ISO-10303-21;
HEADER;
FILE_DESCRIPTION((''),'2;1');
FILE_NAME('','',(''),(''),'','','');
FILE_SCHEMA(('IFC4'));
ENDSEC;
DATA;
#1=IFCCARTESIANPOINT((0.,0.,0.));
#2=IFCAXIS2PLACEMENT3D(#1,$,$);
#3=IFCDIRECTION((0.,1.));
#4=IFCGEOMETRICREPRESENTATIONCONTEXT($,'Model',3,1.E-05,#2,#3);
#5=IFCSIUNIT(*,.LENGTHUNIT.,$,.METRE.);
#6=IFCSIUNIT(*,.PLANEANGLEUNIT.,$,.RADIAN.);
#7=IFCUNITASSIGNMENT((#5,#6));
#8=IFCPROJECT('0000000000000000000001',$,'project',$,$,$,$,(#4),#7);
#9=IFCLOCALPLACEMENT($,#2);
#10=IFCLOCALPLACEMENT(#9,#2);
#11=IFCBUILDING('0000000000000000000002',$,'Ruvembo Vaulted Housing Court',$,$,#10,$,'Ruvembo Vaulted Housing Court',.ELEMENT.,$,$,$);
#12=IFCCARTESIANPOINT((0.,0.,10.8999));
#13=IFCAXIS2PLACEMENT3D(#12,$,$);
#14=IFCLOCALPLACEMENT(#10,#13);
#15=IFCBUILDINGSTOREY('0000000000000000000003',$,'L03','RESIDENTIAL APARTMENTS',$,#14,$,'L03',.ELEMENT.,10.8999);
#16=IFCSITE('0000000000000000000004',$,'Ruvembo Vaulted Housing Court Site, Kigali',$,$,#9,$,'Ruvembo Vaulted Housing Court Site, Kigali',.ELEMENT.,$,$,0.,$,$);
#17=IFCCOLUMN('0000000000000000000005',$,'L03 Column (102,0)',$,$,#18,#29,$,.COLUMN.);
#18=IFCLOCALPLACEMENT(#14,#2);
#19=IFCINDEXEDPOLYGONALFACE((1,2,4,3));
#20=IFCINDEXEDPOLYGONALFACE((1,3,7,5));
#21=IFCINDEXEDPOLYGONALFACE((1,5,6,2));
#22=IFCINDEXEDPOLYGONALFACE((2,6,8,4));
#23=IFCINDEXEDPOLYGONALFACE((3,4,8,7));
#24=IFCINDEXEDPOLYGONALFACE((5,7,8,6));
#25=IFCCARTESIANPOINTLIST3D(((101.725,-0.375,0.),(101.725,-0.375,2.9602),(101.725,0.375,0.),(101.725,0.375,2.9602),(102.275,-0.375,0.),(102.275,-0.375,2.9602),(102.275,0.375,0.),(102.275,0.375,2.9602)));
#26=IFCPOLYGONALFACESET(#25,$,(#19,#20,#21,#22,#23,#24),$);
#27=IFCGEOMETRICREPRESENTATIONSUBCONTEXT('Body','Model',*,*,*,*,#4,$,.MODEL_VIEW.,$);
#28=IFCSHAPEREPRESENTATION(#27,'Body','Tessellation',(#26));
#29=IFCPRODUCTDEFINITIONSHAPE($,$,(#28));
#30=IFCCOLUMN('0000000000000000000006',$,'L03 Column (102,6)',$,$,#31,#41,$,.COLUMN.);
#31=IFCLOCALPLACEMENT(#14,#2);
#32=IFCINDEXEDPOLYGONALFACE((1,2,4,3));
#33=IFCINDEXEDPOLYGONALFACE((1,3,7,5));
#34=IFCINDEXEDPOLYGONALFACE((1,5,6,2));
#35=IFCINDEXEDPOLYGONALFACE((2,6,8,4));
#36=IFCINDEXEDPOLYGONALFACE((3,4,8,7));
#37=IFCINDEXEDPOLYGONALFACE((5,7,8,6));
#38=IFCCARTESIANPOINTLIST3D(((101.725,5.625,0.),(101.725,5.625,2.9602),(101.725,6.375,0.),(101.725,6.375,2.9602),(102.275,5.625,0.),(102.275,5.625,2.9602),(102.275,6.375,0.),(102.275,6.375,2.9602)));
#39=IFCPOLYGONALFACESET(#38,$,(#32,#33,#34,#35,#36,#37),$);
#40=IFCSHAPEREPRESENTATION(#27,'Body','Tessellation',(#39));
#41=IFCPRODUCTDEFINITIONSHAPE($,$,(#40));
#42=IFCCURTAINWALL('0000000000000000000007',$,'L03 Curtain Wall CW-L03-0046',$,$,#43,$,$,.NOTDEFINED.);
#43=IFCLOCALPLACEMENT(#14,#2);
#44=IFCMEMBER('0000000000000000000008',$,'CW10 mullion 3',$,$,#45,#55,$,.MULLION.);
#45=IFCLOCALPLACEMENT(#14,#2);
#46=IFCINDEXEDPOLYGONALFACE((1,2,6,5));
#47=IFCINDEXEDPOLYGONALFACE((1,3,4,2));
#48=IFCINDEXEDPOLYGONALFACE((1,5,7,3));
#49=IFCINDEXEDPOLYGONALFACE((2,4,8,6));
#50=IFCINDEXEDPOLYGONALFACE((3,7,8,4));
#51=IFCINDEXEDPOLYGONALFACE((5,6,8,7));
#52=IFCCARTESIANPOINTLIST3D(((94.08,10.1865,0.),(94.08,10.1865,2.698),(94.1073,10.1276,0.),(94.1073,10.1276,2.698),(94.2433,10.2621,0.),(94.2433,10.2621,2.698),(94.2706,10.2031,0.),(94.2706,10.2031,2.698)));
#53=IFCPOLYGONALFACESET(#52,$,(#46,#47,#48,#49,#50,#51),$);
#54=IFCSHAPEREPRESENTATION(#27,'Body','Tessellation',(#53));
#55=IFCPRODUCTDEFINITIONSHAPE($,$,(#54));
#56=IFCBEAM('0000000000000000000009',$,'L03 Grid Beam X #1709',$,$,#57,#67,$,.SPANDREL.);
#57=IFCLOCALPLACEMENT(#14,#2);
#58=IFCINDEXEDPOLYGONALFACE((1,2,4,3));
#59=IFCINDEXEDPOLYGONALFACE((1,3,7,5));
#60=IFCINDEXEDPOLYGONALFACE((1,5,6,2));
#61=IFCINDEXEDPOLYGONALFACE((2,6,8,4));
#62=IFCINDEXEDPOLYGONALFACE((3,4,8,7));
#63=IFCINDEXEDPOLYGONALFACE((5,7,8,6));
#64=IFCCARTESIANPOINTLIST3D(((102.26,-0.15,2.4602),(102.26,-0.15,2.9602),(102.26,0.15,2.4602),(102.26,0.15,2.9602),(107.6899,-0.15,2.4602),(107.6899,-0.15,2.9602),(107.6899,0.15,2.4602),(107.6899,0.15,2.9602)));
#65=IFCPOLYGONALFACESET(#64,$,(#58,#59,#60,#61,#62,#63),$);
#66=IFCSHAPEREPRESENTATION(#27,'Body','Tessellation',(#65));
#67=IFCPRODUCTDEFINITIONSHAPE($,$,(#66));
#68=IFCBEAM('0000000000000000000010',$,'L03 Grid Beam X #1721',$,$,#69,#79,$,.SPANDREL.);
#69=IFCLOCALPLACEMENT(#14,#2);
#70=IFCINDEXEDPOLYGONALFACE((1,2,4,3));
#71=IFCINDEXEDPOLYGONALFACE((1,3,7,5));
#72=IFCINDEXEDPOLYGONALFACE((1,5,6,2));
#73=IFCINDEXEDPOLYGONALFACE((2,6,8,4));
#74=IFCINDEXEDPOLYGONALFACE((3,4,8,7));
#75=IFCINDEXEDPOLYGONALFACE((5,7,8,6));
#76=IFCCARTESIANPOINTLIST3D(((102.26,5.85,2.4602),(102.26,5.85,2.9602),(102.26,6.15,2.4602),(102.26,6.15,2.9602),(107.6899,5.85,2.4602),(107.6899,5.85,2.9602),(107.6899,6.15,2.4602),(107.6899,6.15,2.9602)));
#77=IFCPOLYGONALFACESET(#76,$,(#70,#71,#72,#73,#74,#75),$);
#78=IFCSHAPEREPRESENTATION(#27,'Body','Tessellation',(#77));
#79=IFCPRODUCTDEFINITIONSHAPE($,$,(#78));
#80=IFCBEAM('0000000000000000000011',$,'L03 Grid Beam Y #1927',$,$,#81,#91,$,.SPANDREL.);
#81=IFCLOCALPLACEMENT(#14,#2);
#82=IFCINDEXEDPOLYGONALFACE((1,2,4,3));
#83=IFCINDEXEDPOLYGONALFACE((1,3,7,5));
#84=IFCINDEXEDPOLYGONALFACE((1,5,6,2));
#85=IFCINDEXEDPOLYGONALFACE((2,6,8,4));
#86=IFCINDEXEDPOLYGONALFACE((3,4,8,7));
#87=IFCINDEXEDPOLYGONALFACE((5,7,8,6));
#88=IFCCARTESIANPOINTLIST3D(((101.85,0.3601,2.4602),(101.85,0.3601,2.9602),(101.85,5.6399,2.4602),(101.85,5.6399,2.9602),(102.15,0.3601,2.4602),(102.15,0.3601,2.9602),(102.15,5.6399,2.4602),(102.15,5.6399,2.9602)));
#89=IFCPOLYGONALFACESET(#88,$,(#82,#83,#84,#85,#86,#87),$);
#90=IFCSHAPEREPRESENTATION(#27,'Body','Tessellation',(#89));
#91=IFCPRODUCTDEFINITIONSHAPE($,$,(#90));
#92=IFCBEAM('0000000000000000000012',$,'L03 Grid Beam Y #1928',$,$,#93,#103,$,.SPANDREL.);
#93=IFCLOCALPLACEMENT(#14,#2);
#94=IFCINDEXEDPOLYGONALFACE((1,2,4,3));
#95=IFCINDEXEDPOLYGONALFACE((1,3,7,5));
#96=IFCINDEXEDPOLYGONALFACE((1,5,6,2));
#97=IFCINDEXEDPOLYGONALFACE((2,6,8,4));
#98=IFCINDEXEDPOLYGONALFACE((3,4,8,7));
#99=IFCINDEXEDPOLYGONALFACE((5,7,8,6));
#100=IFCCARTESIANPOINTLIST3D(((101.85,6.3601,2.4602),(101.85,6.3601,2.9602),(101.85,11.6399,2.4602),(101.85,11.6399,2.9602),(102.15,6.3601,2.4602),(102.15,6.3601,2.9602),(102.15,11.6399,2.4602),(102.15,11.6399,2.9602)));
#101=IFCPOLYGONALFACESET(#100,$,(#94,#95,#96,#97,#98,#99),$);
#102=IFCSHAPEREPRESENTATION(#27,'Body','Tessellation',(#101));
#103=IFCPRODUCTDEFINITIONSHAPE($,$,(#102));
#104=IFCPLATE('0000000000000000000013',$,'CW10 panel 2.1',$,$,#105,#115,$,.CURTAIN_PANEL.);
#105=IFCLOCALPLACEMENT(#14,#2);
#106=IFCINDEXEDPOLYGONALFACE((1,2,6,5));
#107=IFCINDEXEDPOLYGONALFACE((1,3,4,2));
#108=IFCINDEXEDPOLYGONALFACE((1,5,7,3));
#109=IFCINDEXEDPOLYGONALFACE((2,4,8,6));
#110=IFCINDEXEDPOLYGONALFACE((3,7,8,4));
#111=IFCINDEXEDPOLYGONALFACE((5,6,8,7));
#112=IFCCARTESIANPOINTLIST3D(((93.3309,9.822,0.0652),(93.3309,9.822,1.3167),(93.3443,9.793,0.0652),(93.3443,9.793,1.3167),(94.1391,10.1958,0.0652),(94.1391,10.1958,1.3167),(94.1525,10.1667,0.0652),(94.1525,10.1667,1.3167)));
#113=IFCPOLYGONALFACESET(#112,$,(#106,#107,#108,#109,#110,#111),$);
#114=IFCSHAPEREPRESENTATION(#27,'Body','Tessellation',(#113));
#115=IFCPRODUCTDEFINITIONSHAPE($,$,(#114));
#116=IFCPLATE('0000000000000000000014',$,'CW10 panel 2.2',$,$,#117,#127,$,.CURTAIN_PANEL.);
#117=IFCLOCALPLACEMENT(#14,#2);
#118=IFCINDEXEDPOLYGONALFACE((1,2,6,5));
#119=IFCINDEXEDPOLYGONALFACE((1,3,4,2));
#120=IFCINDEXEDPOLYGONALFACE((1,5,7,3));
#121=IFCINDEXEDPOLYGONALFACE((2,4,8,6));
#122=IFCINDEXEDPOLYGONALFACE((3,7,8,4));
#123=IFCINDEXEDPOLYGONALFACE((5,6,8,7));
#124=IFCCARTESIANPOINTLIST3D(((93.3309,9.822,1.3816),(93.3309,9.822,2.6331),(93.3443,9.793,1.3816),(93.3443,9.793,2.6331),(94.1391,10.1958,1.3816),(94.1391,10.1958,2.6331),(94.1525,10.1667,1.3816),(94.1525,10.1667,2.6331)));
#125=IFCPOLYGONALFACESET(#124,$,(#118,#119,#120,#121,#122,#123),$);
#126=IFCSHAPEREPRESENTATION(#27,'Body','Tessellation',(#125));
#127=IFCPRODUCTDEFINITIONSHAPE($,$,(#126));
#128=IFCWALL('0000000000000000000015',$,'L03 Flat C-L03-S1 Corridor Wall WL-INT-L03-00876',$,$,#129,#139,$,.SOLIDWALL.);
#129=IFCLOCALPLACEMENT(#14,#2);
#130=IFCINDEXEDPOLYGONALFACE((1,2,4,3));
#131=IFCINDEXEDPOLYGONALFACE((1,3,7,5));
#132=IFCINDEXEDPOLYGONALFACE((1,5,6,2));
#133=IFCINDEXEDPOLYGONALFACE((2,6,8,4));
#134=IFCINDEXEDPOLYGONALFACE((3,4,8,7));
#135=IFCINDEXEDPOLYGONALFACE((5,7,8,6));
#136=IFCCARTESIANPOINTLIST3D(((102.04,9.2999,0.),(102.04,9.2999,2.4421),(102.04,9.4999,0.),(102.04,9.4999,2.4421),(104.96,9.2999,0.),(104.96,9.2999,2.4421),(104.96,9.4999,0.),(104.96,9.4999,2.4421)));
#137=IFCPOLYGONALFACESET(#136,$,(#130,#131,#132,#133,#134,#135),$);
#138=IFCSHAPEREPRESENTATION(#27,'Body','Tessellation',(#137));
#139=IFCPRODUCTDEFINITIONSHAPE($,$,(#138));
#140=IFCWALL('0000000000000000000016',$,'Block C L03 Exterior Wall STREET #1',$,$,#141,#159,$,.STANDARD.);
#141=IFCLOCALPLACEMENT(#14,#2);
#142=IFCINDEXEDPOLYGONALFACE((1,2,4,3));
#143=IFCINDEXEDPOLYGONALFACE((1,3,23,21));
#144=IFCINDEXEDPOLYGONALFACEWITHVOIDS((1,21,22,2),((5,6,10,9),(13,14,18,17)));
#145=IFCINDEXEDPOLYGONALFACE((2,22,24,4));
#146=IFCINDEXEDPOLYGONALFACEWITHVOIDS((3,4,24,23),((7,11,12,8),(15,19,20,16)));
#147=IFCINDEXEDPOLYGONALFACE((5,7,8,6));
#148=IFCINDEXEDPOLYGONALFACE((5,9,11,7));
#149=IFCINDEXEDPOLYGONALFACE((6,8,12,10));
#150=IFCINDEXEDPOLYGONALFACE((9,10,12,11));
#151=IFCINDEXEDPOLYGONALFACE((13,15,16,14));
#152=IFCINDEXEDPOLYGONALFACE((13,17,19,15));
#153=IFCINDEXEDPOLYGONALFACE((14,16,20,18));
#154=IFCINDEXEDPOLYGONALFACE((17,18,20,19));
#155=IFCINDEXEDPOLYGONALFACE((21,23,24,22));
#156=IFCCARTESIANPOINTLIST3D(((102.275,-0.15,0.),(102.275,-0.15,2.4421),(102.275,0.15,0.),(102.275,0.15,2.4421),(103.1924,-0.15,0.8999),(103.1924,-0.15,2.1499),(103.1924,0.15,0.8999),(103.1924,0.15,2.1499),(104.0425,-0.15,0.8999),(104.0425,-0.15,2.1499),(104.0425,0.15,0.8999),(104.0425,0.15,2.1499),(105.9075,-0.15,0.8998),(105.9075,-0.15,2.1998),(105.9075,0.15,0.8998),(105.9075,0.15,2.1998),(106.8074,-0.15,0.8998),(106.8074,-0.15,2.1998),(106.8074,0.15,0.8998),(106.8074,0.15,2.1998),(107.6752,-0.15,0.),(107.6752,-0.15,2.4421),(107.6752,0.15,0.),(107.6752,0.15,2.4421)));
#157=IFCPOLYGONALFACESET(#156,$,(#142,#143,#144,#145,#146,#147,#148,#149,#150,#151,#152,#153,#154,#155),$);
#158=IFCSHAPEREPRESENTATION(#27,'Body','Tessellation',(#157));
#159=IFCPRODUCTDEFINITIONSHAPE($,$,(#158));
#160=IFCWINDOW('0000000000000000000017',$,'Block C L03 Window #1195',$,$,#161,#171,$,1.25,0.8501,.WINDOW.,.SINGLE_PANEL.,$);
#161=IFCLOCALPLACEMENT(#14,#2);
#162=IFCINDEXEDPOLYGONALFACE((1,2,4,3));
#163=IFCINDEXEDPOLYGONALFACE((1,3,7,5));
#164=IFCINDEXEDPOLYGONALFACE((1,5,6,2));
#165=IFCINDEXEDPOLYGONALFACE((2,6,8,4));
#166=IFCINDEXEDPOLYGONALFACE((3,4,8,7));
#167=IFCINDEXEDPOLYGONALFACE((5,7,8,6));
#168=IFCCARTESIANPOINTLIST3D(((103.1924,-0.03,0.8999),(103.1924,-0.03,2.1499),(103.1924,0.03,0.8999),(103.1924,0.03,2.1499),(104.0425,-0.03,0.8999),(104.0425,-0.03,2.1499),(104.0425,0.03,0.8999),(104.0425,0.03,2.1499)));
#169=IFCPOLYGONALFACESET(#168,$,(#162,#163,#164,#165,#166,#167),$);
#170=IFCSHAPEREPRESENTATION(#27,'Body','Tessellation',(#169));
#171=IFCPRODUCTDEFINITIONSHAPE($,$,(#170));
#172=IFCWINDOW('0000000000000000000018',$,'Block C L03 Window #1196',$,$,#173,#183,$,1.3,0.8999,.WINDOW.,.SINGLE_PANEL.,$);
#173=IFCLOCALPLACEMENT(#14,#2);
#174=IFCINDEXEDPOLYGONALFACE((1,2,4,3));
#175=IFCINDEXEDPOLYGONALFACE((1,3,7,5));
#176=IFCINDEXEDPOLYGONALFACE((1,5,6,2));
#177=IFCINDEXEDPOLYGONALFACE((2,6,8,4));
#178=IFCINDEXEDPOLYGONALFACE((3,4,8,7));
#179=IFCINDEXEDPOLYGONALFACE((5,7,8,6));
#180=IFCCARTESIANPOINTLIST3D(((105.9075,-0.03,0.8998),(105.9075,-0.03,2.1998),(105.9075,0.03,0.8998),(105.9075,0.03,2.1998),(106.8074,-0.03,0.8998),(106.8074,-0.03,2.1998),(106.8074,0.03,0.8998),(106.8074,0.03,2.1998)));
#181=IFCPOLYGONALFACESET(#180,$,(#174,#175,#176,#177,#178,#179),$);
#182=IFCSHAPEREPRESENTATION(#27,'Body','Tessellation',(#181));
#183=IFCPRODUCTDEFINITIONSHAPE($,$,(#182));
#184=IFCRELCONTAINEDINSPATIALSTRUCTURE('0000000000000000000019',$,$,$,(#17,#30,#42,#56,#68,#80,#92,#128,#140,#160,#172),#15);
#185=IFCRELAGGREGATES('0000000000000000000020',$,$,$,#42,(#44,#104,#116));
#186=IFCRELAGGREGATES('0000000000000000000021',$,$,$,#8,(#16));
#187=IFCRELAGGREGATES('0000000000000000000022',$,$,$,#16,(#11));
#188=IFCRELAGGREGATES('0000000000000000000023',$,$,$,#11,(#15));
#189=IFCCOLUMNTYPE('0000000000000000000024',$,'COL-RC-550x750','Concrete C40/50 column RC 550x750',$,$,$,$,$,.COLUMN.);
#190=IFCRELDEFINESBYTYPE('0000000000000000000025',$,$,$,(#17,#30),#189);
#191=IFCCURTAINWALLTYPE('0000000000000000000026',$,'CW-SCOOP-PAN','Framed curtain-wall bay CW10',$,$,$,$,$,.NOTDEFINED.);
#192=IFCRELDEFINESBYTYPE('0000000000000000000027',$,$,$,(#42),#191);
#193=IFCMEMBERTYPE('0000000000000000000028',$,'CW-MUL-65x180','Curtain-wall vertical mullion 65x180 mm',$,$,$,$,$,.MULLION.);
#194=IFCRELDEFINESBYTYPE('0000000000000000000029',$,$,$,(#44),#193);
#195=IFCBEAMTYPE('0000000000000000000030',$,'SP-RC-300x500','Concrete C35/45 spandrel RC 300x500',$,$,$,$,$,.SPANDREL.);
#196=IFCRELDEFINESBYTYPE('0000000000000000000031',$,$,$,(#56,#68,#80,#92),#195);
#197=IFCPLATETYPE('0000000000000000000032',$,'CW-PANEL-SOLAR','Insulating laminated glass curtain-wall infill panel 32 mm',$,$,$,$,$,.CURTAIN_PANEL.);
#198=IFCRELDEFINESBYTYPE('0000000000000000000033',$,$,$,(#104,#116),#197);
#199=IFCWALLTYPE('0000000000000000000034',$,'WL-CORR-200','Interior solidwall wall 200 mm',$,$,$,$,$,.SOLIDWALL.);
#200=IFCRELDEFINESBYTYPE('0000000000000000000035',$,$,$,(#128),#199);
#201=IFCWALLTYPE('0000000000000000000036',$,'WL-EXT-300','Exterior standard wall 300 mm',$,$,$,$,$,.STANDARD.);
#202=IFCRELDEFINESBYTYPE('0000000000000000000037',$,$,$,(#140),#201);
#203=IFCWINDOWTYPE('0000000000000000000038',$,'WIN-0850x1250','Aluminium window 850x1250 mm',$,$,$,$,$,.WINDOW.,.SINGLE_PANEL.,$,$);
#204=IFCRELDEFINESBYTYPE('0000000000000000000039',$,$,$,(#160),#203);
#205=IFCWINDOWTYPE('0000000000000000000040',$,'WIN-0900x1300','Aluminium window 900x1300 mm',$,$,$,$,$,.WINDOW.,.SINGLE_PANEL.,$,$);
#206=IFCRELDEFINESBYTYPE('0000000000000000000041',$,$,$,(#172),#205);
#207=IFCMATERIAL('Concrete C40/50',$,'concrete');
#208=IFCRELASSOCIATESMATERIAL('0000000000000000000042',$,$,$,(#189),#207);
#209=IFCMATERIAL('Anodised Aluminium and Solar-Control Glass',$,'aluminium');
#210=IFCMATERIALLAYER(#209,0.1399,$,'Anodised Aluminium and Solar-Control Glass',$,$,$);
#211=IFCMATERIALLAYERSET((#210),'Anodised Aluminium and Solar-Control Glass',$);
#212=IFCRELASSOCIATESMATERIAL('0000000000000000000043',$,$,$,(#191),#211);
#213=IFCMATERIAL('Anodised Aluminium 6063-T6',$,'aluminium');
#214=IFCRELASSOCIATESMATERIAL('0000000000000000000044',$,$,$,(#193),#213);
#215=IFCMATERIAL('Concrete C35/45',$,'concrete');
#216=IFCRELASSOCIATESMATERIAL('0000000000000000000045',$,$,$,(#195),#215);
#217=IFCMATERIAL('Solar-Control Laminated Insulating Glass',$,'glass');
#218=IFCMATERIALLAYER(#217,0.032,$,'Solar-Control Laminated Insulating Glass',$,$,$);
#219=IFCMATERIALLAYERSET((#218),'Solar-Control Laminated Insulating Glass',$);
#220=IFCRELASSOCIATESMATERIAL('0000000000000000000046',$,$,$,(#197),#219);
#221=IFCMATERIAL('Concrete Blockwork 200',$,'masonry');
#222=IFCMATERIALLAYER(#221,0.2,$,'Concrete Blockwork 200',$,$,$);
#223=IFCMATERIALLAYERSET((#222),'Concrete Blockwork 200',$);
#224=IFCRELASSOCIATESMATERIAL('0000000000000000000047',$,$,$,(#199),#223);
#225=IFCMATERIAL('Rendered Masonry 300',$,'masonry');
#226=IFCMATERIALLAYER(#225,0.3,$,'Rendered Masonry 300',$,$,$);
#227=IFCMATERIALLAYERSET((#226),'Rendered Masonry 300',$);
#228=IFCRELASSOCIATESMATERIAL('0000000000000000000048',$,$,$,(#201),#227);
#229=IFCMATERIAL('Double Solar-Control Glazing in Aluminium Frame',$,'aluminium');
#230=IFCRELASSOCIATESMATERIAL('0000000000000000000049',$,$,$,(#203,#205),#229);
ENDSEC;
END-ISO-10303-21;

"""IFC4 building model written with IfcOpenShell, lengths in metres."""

from ifc_helpers import new_model, si_unit, direction, frame, frame_2d, origin, origin_2d, place, context, subcontext, project, spatial, rectangle, extrude, material, layer, layer_set, material_profile, profile_set, type_object, element, fill, aggregate, save


model = new_model("IFC4")

# Units and contexts
model_context = context("Model", 3, precision=1e-05, world=origin(), true_north=direction((0.0, 1.0)))
body_context = subcontext(model_context, "Body", "Model", "MODEL_VIEW")
ifc_project = project(units=[si_unit("LENGTHUNIT", "METRE"), si_unit("PLANEANGLEUNIT", "RADIAN")], contexts=[model_context])

# Site, building, storey
site_placement = place(None, origin())
site = spatial("IfcSite", under=ifc_project, at=site_placement, Name="Ruvembo Vaulted Housing Court Site, Kigali", LongName="Ruvembo Vaulted Housing Court Site, Kigali", CompositionType="ELEMENT", RefElevation=0.0)
building_placement = place(site_placement, origin())
building = spatial("IfcBuilding", under=site, at=building_placement, Name="Ruvembo Vaulted Housing Court", LongName="Ruvembo Vaulted Housing Court", CompositionType="ELEMENT")
storey_placement = place(building_placement, frame((0.0, 0.0, 10.8999)))
storey = spatial("IfcBuildingStorey", under=building, at=storey_placement, Name="L03", Description="RESIDENTIAL APARTMENTS", LongName="L03", CompositionType="ELEMENT", Elevation=10.8999)

# Columns
ifc_material_1 = material(Name="Concrete C40/50", Category="concrete")
ifc_material_profile_1 = material_profile(ifc_material_1, rectangle(XDim=0.55, YDim=0.75, at=origin_2d()), Name="RC 550x750")
ifc_profile_set_1 = profile_set([ifc_material_profile_1], Name="Concrete C40/50")
column_type = type_object("IfcColumnType", Name="COL-RC-550x750", Description="Concrete C40/50 column RC 550x750", PredefinedType="COLUMN", material=ifc_profile_set_1)
for number, where, z_axis, x_axis, name in (
    (1, (102.0, 0.0, 0.0), (0.0, 0.0, 1.0), (1.0, 0.0, 0.0), "L03 Column (102,0)"),
    (2, (102.0, 6.0, 0.0), (0.0, 0.0, 1.0), (1.0, 0.0, 0.0), "L03 Column (102,6)"),
):
    element("IfcColumn", number, at=place(storey_placement, frame(where, z_axis=z_axis, x_axis=x_axis)), inside=storey, type_object=column_type, Name=name, PredefinedType="COLUMN", context=body_context, shape_type="SweptSolid", body=[
        extrude(rectangle(XDim=0.55, YDim=0.75, at=origin_2d()), origin(), (0.0, 0.0, 1.0), 2.9602),
    ])

# Curtain wall, member
ifc_material_2 = material(Name="Anodised Aluminium and Solar-Control Glass", Category="aluminium")
ifc_layer_1 = layer(ifc_material_2, 0.1399, Name="Anodised Aluminium and Solar-Control Glass")
ifc_layer_set_1 = layer_set([ifc_layer_1], Name="Anodised Aluminium and Solar-Control Glass")
curtain_wall_type = type_object("IfcCurtainWallType", Name="CW-SCOOP-PAN", Description="Framed curtain-wall bay CW10", PredefinedType="NOTDEFINED", material=ifc_layer_set_1)
curtain_wall_placement = place(storey_placement, origin())
curtain_wall = element("IfcCurtainWall", 3, at=curtain_wall_placement, inside=storey, type_object=curtain_wall_type, Name="L03 Curtain Wall CW-L03-0046", PredefinedType="NOTDEFINED")
ifc_material_3 = material(Name="Anodised Aluminium 6063-T6", Category="aluminium")
ifc_material_profile_2 = material_profile(ifc_material_3, rectangle(XDim=0.0649, YDim=0.1799, at=origin_2d()), Name="ALU 65x180")
ifc_profile_set_2 = profile_set([ifc_material_profile_2], Name="Anodised Aluminium 6063-T6")
member_type = type_object("IfcMemberType", Name="CW-MUL-65x180", Description="Curtain-wall vertical mullion 65x180 mm", PredefinedType="MULLION", material=ifc_profile_set_2)
member_placement = place(storey_placement, frame((94.1753, 10.1948, 0.0), z_axis=(0.0, 0.0, 1.0), x_axis=(-0.419738, 0.907645, 0.0)))
member = element("IfcMember", 4, at=member_placement, type_object=member_type, Name="CW10 mullion 3", PredefinedType="MULLION", context=body_context, shape_type="SweptSolid", body=[
    extrude(rectangle(XDim=0.0649, YDim=0.1799, at=origin_2d()), origin(), (0.0, 0.0, 1.0), 2.698),
])

# Beams
ifc_material_4 = material(Name="Concrete C35/45", Category="concrete")
ifc_material_profile_3 = material_profile(ifc_material_4, rectangle(XDim=0.3, YDim=0.5, at=origin_2d()), Name="RC 300x500")
ifc_profile_set_3 = profile_set([ifc_material_profile_3], Name="Concrete C35/45")
beam_type = type_object("IfcBeamType", Name="SP-RC-300x500", Description="Concrete C35/45 spandrel RC 300x500", PredefinedType="SPANDREL", material=ifc_profile_set_3)
for number, where, z_axis, x_axis, name in (
    (5, (102.26, 0.0, 2.7102), (1.0, 0.0, 0.0), (0.0, 1.0, 0.0), "L03 Grid Beam X #1709"),
    (6, (102.26, 6.0, 2.7102), (1.0, 0.0, 0.0), (0.0, 1.0, 0.0), "L03 Grid Beam X #1721"),
):
    element("IfcBeam", number, at=place(storey_placement, frame(where, z_axis=z_axis, x_axis=x_axis)), inside=storey, type_object=beam_type, Name=name, PredefinedType="SPANDREL", context=body_context, shape_type="SweptSolid", body=[
        extrude(rectangle(XDim=0.3, YDim=0.5, at=origin_2d()), origin(), (0.0, 0.0, 1.0), 5.4299),
    ])
for number, where, z_axis, x_axis, name in (
    (7, (102.0, 0.3601, 2.7102), (0.0, 1.0, 0.0), (-1.0, 0.0, 0.0), "L03 Grid Beam Y #1927"),
    (8, (102.0, 6.3601, 2.7102), (0.0, 1.0, 0.0), (-1.0, 0.0, 0.0), "L03 Grid Beam Y #1928"),
):
    element("IfcBeam", number, at=place(storey_placement, frame(where, z_axis=z_axis, x_axis=x_axis)), inside=storey, type_object=beam_type, Name=name, PredefinedType="SPANDREL", context=body_context, shape_type="SweptSolid", body=[
        extrude(rectangle(XDim=0.3, YDim=0.5, at=origin_2d()), origin(), (0.0, 0.0, 1.0), 5.2798),
    ])

# Plates
ifc_material_5 = material(Name="Solar-Control Laminated Insulating Glass", Category="glass")
ifc_layer_2 = layer(ifc_material_5, 0.032, Name="Solar-Control Laminated Insulating Glass")
ifc_layer_set_2 = layer_set([ifc_layer_2], Name="Solar-Control Laminated Insulating Glass")
plate_type = type_object("IfcPlateType", Name="CW-PANEL-SOLAR", Description="Insulating laminated glass curtain-wall infill panel 32 mm", PredefinedType="CURTAIN_PANEL", material=ifc_layer_set_2)
plate_1_placement = place(storey_placement, frame((93.7417, 9.9944, 0.0652), z_axis=(0.0, 0.0, 1.0), x_axis=(0.907645, 0.419738, 0.0)))
plate_1 = element("IfcPlate", 9, at=plate_1_placement, type_object=plate_type, Name="CW10 panel 2.1", PredefinedType="CURTAIN_PANEL", context=body_context, shape_type="SweptSolid", body=[
    extrude(rectangle(XDim=0.8904, YDim=0.032, at=origin_2d()), origin(), (0.0, 0.0, 1.0), 1.2515),
])
plate_2_placement = place(storey_placement, frame((93.7417, 9.9944, 1.3816), z_axis=(0.0, 0.0, 1.0), x_axis=(0.907645, 0.419738, 0.0)))
plate_2 = element("IfcPlate", 10, at=plate_2_placement, type_object=plate_type, Name="CW10 panel 2.2", PredefinedType="CURTAIN_PANEL", context=body_context, shape_type="SweptSolid", body=[
    extrude(rectangle(XDim=0.8904, YDim=0.032, at=origin_2d()), origin(), (0.0, 0.0, 1.0), 1.2515),
])
aggregate(curtain_wall, [member, plate_1, plate_2])

# Wall
ifc_material_6 = material(Name="Concrete Blockwork 200", Category="masonry")
ifc_layer_3 = layer(ifc_material_6, 0.2, Name="Concrete Blockwork 200")
ifc_layer_set_3 = layer_set([ifc_layer_3], Name="Concrete Blockwork 200")
wall_type_1 = type_object("IfcWallType", Name="WL-CORR-200", Description="Interior solidwall wall 200 mm", PredefinedType="SOLIDWALL", material=ifc_layer_set_3)
wall_1_placement = place(storey_placement, frame((102.04, 9.3999, 0.0), z_axis=(0.0, 0.0, 1.0), x_axis=(1.0, 0.0, 0.0)))
element("IfcWall", 11, at=wall_1_placement, inside=storey, type_object=wall_type_1, Name="L03 Flat C-L03-S1 Corridor Wall WL-INT-L03-00876", PredefinedType="SOLIDWALL", context=body_context, shape_type="SweptSolid", body=[
    extrude(rectangle(XDim=2.9199, YDim=0.2, at=frame_2d((1.46, 0.0))), origin(), (0.0, 0.0, 1.0), 2.4421),
])

# Wall, openings, windows
ifc_material_7 = material(Name="Rendered Masonry 300", Category="masonry")
ifc_layer_4 = layer(ifc_material_7, 0.3, Name="Rendered Masonry 300")
ifc_layer_set_4 = layer_set([ifc_layer_4], Name="Rendered Masonry 300")
wall_type_2 = type_object("IfcWallType", Name="WL-EXT-300", Description="Exterior standard wall 300 mm", PredefinedType="STANDARD", material=ifc_layer_set_4)
wall_2_placement = place(storey_placement, frame((102.2749, 0.0, 0.0), z_axis=(0.0, 0.0, 1.0), x_axis=(1.0, 0.0, 0.0)))
wall_2 = element("IfcWall", 12, at=wall_2_placement, inside=storey, type_object=wall_type_2, Name="Block C L03 Exterior Wall STREET #1", PredefinedType="STANDARD", context=body_context, shape_type="SweptSolid", body=[
    extrude(rectangle(XDim=5.4001, YDim=0.3, at=frame_2d((2.7002, 0.0))), origin(), (0.0, 0.0, 1.0), 2.4421),
])
opening_1_placement = place(wall_2_placement, frame((0.9175, 0.0, 0.8999)))
opening_1 = element("IfcOpeningElement", 13, at=opening_1_placement, cuts=wall_2, PredefinedType="OPENING", context=body_context, shape_type="SweptSolid", body=[
    extrude(rectangle(XDim=0.8501, YDim=1.25, at=frame_2d((0.425, 0.625))), frame((0.0, 0.1599, 0.0), z_axis=(0.0, -1.0, 0.0), x_axis=(1.0, 0.0, 0.0)), (0.0, 0.0, 1.0), 0.3201),
])
opening_2_placement = place(wall_2_placement, frame((3.6326, 0.0, 0.8999)))
opening_2 = element("IfcOpeningElement", 14, at=opening_2_placement, cuts=wall_2, PredefinedType="OPENING", context=body_context, shape_type="SweptSolid", body=[
    extrude(rectangle(XDim=0.8999, YDim=1.3, at=frame_2d((0.45, 0.6499))), frame((0.0, 0.1599, 0.0), z_axis=(0.0, -1.0, 0.0), x_axis=(1.0, 0.0, 0.0)), (0.0, 0.0, 1.0), 0.3201),
])
ifc_material_8 = material(Name="Double Solar-Control Glazing in Aluminium Frame", Category="aluminium")
window_type_1 = type_object("IfcWindowType", Name="WIN-0850x1250", Description="Aluminium window 850x1250 mm", PartitioningType="SINGLE_PANEL", PredefinedType="WINDOW", material=ifc_material_8)
window_1_placement = place(opening_1_placement, origin())
window_1 = element("IfcWindow", 15, at=window_1_placement, inside=storey, type_object=window_type_1, Name="Block C L03 Window #1195", OverallHeight=1.25, OverallWidth=0.8501, PartitioningType="SINGLE_PANEL", PredefinedType="WINDOW", context=body_context, shape_type="SweptSolid", body=[
    extrude(rectangle(XDim=0.8501, YDim=1.25, at=frame_2d((0.425, 0.625))), frame((0.0, 0.03, 0.0), z_axis=(0.0, -1.0, 0.0), x_axis=(1.0, 0.0, 0.0)), (0.0, 0.0, 1.0), 0.0601),
])
fill(opening_1, window_1)
window_type_2 = type_object("IfcWindowType", Name="WIN-0900x1300", Description="Aluminium window 900x1300 mm", PartitioningType="SINGLE_PANEL", PredefinedType="WINDOW", material=ifc_material_8)
window_2_placement = place(opening_2_placement, origin())
window_2 = element("IfcWindow", 16, at=window_2_placement, inside=storey, type_object=window_type_2, Name="Block C L03 Window #1196", OverallHeight=1.3, OverallWidth=0.8999, PartitioningType="SINGLE_PANEL", PredefinedType="WINDOW", context=body_context, shape_type="SweptSolid", body=[
    extrude(rectangle(XDim=0.8999, YDim=1.3, at=frame_2d((0.45, 0.6499))), frame((0.0, 0.03, 0.0), z_axis=(0.0, -1.0, 0.0), x_axis=(1.0, 0.0, 0.0)), (0.0, 0.0, 1.0), 0.0601),
])
fill(opening_2, window_2)

save(model, "model.ifc")
